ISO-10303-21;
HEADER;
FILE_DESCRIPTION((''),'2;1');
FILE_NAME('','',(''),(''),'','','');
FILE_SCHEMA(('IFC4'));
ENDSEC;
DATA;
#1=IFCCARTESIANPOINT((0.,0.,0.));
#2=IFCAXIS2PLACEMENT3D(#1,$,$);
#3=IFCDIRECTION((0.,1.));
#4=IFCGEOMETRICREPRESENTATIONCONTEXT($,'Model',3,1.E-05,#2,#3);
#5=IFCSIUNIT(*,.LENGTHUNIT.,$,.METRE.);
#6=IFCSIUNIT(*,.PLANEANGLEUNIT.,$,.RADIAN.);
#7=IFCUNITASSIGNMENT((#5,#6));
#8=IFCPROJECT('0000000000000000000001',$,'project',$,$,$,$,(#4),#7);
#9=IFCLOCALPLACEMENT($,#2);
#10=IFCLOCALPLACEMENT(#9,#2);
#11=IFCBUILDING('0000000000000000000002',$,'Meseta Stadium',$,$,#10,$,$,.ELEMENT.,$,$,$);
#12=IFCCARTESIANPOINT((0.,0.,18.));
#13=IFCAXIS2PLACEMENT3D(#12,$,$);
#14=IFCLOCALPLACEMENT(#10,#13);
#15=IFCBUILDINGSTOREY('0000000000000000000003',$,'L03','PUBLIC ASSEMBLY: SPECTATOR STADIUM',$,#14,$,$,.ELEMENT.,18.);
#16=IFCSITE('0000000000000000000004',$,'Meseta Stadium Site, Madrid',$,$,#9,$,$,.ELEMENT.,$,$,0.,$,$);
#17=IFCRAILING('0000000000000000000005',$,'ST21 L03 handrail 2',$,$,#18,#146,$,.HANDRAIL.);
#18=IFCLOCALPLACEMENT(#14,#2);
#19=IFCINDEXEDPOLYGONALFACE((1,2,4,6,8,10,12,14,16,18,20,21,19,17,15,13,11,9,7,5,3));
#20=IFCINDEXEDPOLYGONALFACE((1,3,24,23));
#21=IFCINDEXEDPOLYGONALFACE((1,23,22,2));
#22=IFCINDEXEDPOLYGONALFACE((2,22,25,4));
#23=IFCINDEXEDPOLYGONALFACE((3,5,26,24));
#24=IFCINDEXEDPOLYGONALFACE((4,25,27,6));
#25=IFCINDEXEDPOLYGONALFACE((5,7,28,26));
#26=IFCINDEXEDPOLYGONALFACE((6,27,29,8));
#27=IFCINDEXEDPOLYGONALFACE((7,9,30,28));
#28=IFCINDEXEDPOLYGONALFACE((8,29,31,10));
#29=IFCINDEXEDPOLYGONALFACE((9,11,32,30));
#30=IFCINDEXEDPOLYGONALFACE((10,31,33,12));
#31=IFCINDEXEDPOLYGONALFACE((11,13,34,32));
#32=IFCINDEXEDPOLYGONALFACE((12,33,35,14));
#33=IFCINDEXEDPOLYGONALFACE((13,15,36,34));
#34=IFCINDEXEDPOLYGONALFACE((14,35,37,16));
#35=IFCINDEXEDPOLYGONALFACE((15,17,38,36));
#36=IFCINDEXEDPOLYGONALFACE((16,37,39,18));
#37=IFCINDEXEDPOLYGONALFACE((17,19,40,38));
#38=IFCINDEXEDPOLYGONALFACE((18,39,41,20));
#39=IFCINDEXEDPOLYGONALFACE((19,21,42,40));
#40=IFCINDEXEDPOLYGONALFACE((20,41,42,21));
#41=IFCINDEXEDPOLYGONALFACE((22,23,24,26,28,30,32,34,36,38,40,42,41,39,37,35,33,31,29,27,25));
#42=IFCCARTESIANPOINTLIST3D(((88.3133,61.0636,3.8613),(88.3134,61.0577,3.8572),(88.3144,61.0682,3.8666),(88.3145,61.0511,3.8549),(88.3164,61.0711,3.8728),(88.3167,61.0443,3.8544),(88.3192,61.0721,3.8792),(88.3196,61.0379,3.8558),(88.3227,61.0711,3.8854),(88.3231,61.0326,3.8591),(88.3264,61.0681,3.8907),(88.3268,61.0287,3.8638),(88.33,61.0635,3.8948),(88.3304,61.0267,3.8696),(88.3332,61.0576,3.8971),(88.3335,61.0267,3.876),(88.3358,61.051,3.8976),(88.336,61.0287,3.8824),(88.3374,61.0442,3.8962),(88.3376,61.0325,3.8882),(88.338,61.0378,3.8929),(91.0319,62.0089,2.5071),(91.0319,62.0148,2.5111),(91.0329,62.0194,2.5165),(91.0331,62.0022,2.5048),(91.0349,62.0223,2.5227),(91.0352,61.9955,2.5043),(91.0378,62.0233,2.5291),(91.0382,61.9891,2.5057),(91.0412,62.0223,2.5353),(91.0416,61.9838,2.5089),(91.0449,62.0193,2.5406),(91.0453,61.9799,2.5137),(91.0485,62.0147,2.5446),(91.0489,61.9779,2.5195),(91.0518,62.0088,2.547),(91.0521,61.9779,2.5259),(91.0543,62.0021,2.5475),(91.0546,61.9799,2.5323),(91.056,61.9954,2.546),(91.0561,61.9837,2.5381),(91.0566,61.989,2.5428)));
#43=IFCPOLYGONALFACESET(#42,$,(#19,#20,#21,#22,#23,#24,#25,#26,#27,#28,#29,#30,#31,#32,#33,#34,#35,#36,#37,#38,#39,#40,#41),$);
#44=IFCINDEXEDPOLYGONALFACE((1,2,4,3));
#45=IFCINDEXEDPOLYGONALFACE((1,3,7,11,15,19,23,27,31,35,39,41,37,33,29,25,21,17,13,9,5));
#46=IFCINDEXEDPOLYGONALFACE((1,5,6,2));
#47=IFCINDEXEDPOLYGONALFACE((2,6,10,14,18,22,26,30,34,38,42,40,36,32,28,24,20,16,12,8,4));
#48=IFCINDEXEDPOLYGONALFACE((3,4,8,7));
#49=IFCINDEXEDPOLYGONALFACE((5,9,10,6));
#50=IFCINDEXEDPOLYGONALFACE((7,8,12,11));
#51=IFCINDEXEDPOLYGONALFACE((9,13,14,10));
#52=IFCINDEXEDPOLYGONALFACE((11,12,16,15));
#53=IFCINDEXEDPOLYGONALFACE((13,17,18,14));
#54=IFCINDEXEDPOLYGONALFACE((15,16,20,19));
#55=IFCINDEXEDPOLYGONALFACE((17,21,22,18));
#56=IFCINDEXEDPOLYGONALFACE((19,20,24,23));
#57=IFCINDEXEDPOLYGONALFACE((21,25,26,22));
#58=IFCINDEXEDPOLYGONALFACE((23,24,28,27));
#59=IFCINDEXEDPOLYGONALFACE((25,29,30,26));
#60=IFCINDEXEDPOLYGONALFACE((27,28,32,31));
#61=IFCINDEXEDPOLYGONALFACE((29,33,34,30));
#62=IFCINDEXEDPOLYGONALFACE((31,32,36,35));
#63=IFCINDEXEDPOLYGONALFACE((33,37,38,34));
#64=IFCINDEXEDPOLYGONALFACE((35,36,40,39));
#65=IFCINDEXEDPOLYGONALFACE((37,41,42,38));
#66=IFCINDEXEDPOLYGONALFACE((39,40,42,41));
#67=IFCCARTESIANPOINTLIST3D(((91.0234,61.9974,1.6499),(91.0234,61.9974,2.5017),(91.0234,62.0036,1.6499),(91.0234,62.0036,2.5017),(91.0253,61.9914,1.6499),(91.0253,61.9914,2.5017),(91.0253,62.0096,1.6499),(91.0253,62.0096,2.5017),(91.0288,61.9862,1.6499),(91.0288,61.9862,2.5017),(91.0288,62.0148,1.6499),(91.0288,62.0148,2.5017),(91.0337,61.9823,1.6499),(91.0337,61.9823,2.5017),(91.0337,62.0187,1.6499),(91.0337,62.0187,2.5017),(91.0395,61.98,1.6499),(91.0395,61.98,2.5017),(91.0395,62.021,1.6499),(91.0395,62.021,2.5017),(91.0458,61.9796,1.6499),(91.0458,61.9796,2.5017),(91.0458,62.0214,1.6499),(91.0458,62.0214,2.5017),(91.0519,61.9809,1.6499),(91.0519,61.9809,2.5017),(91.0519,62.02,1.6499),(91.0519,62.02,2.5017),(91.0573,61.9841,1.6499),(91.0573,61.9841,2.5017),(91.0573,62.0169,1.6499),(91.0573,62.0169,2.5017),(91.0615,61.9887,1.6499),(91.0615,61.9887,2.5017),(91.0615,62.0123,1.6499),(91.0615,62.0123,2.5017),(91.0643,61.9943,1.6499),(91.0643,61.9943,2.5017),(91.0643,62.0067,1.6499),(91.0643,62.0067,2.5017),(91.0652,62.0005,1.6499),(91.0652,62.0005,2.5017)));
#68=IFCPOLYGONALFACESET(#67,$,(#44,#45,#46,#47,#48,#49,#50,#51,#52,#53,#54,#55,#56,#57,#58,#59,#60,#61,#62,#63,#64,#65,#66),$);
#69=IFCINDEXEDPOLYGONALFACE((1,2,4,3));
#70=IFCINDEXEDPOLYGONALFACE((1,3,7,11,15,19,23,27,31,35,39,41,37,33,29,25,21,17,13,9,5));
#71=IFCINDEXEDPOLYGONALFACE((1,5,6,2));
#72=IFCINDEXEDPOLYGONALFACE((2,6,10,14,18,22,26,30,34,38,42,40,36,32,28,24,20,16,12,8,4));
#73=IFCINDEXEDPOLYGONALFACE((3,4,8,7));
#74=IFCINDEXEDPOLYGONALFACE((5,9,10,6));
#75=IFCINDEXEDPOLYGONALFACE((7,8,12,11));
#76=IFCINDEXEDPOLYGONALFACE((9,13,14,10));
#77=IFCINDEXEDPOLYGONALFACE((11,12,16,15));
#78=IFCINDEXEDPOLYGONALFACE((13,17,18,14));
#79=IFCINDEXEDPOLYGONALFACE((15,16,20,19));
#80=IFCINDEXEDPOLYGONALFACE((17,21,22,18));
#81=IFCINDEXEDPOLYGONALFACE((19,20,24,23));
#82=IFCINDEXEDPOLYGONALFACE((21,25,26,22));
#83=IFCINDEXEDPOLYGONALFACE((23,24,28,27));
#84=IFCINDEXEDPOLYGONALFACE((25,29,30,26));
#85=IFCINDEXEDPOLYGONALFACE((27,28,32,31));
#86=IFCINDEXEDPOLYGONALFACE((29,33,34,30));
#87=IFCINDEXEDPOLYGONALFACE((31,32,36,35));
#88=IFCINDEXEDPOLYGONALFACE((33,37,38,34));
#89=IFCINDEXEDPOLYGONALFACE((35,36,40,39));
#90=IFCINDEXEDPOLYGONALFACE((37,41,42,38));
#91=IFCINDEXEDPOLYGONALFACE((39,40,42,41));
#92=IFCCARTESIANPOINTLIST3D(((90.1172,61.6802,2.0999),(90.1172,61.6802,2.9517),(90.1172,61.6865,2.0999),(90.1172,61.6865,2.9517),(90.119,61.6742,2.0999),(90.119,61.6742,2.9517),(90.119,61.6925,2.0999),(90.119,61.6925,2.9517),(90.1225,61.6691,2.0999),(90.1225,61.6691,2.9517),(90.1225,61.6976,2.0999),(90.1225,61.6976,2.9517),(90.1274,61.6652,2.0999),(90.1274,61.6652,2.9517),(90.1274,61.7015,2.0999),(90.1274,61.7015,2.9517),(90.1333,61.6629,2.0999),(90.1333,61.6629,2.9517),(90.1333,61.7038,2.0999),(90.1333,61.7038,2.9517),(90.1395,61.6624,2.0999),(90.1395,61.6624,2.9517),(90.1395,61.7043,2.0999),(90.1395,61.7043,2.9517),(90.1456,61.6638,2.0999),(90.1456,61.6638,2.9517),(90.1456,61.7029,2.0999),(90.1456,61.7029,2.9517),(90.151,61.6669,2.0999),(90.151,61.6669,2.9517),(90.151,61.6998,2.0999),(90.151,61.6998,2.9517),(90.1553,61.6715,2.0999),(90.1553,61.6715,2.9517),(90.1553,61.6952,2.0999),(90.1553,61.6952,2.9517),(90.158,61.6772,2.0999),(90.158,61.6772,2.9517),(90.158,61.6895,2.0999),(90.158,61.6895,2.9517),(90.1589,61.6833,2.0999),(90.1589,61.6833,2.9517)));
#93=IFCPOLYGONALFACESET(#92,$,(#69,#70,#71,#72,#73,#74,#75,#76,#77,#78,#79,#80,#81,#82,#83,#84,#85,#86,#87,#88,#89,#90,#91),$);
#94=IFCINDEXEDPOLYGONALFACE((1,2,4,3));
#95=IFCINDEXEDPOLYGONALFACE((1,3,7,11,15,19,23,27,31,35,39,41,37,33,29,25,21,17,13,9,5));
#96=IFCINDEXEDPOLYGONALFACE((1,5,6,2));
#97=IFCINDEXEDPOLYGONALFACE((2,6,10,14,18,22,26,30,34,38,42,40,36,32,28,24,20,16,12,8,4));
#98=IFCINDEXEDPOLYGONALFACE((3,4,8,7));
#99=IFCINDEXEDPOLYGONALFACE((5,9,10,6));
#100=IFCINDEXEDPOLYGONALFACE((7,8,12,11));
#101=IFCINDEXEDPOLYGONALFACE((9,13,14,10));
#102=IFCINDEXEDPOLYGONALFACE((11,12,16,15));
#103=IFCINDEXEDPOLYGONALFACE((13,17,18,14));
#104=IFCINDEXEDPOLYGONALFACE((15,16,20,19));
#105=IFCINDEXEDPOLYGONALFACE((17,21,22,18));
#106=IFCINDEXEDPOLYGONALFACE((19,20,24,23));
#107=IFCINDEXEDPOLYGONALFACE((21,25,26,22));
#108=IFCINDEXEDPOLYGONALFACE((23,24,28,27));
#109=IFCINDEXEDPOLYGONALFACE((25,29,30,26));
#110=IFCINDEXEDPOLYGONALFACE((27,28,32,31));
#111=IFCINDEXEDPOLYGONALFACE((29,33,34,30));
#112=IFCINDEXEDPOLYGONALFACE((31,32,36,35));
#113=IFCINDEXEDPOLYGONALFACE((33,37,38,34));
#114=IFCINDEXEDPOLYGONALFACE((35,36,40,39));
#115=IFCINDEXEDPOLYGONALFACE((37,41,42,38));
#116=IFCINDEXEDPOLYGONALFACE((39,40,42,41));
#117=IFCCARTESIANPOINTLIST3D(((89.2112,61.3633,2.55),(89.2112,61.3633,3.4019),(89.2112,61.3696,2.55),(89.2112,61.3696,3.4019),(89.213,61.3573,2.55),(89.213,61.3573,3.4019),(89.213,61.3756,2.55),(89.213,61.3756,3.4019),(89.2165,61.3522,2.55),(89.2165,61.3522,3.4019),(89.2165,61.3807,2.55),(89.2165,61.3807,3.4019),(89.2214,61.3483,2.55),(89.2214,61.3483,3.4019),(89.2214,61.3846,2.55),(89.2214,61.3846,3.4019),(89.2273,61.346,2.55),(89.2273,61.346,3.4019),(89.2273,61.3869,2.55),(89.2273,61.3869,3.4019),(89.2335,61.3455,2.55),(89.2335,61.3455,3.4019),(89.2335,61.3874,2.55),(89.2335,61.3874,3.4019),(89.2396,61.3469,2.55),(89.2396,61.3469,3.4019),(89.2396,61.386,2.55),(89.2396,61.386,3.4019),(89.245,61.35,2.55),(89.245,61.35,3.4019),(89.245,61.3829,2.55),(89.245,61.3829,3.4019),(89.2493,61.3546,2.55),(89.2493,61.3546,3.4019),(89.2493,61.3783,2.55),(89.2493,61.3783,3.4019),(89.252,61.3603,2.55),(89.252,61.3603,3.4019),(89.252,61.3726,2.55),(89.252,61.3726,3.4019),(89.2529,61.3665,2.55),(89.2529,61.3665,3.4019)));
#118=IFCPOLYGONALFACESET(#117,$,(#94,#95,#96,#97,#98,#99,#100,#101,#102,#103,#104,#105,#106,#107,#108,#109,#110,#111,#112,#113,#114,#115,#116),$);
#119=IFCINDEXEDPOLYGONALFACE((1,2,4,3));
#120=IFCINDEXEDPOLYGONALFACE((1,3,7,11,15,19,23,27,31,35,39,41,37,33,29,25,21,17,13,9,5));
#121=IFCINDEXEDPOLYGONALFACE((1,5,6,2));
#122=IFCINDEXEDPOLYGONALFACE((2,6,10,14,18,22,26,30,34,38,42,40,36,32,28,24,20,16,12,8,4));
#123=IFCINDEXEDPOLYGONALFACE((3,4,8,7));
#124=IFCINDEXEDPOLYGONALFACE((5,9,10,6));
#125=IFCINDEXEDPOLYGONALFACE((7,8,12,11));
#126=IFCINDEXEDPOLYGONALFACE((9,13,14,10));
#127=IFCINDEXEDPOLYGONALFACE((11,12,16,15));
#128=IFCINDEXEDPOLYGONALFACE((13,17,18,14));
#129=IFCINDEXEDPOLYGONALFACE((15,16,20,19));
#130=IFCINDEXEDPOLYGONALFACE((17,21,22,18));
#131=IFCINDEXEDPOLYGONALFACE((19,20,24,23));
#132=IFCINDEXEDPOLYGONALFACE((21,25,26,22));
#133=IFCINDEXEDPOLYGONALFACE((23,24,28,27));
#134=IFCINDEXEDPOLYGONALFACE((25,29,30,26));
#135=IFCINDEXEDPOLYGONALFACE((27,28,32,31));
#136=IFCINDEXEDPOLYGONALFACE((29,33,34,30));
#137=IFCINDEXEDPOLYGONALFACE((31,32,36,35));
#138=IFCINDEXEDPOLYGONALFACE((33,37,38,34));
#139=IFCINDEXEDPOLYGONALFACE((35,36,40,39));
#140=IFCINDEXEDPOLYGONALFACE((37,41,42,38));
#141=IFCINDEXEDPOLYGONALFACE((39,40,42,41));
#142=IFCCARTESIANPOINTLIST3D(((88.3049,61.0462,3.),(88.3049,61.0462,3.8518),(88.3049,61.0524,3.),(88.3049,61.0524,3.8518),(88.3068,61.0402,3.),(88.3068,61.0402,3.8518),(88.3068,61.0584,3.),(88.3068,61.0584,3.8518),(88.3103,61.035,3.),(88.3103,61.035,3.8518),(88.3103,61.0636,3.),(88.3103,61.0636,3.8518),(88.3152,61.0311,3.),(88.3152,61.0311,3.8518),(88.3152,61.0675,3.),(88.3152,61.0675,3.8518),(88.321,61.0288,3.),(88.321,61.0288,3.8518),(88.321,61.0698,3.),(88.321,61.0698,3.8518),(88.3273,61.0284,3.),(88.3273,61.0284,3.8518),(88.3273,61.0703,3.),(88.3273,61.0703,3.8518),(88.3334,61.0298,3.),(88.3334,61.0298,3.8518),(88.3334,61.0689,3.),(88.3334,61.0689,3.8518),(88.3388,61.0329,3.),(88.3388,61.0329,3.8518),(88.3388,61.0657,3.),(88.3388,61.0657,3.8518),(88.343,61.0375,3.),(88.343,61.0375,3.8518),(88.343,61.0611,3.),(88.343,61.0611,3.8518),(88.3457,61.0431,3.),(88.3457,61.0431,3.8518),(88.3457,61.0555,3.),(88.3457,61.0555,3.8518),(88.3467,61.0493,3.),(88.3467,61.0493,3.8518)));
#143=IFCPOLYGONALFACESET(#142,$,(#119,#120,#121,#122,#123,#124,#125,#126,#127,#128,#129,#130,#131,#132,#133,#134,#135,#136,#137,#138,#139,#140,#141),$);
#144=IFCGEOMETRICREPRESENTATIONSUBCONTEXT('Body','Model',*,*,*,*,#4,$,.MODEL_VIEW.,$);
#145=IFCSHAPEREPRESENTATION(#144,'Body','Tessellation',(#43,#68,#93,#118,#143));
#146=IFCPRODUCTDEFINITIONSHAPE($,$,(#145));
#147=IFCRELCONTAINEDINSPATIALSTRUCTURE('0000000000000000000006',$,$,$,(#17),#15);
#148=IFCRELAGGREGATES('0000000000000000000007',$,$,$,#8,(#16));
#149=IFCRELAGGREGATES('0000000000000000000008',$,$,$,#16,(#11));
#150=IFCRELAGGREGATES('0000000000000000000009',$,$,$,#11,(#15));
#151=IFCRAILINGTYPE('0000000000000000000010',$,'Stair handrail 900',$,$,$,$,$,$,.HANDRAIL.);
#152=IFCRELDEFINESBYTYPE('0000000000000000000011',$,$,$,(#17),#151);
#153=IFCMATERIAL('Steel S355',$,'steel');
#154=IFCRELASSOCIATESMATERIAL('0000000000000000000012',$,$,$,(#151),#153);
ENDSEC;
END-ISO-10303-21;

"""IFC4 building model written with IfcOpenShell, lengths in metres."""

from ifc_helpers import new_model, si_unit, direction, frame, origin, origin_2d, place, context, subcontext, project, spatial, circle, extrude, material, type_object, element, save


model = new_model("IFC4")

# Units and contexts
model_context = context("Model", 3, precision=1e-05, world=origin(), true_north=direction((0.0, 1.0)))
body_context = subcontext(model_context, "Body", "Model", "MODEL_VIEW")
ifc_project = project(units=[si_unit("LENGTHUNIT", "METRE"), si_unit("PLANEANGLEUNIT", "RADIAN")], contexts=[model_context])

# Site, building, storey
site_placement = place(None, origin())
site = spatial("IfcSite", under=ifc_project, at=site_placement, Name="Meseta Stadium Site, Madrid", CompositionType="ELEMENT", RefElevation=0.0)
building_placement = place(site_placement, origin())
building = spatial("IfcBuilding", under=site, at=building_placement, Name="Meseta Stadium", CompositionType="ELEMENT")
storey_placement = place(building_placement, frame((0.0, 0.0, 18.0)))
storey = spatial("IfcBuildingStorey", under=building, at=storey_placement, Name="L03", Description="PUBLIC ASSEMBLY: SPECTATOR STADIUM", CompositionType="ELEMENT", Elevation=18.0)

# Railing
ifc_material_1 = material(Name="Steel S355", Category="steel")
railing_type_1 = type_object("IfcRailingType", Name="Stair handrail 900", PredefinedType="HANDRAIL", material=ifc_material_1)
for number, where, name in (
    (1, (91.0442, 62.0005, 1.6499), "ST21 L03 handrail 2"),
):
    element("IfcRailing", number, at=place(storey_placement, frame(where)), inside=storey, type_object=railing_type_1, Name=name, PredefinedType="HANDRAIL", context=body_context, shape_type="SweptSolid", body=[
        extrude(circle(Radius=0.0239, at=origin_2d()), frame((0.0, 0.0, 0.876), z_axis=(-0.854649, -0.299031, 0.424446), x_axis=(0.330256, -0.943891, 0.0)), (0.0, 0.0, 1.0), 3.1809),
        extrude(circle(Radius=0.021, at=origin_2d()), origin(), (0.0, 0.0, 1.0), 0.8518),
        extrude(circle(Radius=0.021, at=origin_2d()), frame((-0.9062, -0.3171, 0.45)), (0.0, 0.0, 1.0), 0.8518),
        extrude(circle(Radius=0.021, at=origin_2d()), frame((-1.8123, -0.634, 0.9001)), (0.0, 0.0, 1.0), 0.8518),
        extrude(circle(Radius=0.021, at=origin_2d()), frame((-2.7185, -0.9512, 1.3501)), (0.0, 0.0, 1.0), 0.8518),
    ])

save(model, "model.ifc")
